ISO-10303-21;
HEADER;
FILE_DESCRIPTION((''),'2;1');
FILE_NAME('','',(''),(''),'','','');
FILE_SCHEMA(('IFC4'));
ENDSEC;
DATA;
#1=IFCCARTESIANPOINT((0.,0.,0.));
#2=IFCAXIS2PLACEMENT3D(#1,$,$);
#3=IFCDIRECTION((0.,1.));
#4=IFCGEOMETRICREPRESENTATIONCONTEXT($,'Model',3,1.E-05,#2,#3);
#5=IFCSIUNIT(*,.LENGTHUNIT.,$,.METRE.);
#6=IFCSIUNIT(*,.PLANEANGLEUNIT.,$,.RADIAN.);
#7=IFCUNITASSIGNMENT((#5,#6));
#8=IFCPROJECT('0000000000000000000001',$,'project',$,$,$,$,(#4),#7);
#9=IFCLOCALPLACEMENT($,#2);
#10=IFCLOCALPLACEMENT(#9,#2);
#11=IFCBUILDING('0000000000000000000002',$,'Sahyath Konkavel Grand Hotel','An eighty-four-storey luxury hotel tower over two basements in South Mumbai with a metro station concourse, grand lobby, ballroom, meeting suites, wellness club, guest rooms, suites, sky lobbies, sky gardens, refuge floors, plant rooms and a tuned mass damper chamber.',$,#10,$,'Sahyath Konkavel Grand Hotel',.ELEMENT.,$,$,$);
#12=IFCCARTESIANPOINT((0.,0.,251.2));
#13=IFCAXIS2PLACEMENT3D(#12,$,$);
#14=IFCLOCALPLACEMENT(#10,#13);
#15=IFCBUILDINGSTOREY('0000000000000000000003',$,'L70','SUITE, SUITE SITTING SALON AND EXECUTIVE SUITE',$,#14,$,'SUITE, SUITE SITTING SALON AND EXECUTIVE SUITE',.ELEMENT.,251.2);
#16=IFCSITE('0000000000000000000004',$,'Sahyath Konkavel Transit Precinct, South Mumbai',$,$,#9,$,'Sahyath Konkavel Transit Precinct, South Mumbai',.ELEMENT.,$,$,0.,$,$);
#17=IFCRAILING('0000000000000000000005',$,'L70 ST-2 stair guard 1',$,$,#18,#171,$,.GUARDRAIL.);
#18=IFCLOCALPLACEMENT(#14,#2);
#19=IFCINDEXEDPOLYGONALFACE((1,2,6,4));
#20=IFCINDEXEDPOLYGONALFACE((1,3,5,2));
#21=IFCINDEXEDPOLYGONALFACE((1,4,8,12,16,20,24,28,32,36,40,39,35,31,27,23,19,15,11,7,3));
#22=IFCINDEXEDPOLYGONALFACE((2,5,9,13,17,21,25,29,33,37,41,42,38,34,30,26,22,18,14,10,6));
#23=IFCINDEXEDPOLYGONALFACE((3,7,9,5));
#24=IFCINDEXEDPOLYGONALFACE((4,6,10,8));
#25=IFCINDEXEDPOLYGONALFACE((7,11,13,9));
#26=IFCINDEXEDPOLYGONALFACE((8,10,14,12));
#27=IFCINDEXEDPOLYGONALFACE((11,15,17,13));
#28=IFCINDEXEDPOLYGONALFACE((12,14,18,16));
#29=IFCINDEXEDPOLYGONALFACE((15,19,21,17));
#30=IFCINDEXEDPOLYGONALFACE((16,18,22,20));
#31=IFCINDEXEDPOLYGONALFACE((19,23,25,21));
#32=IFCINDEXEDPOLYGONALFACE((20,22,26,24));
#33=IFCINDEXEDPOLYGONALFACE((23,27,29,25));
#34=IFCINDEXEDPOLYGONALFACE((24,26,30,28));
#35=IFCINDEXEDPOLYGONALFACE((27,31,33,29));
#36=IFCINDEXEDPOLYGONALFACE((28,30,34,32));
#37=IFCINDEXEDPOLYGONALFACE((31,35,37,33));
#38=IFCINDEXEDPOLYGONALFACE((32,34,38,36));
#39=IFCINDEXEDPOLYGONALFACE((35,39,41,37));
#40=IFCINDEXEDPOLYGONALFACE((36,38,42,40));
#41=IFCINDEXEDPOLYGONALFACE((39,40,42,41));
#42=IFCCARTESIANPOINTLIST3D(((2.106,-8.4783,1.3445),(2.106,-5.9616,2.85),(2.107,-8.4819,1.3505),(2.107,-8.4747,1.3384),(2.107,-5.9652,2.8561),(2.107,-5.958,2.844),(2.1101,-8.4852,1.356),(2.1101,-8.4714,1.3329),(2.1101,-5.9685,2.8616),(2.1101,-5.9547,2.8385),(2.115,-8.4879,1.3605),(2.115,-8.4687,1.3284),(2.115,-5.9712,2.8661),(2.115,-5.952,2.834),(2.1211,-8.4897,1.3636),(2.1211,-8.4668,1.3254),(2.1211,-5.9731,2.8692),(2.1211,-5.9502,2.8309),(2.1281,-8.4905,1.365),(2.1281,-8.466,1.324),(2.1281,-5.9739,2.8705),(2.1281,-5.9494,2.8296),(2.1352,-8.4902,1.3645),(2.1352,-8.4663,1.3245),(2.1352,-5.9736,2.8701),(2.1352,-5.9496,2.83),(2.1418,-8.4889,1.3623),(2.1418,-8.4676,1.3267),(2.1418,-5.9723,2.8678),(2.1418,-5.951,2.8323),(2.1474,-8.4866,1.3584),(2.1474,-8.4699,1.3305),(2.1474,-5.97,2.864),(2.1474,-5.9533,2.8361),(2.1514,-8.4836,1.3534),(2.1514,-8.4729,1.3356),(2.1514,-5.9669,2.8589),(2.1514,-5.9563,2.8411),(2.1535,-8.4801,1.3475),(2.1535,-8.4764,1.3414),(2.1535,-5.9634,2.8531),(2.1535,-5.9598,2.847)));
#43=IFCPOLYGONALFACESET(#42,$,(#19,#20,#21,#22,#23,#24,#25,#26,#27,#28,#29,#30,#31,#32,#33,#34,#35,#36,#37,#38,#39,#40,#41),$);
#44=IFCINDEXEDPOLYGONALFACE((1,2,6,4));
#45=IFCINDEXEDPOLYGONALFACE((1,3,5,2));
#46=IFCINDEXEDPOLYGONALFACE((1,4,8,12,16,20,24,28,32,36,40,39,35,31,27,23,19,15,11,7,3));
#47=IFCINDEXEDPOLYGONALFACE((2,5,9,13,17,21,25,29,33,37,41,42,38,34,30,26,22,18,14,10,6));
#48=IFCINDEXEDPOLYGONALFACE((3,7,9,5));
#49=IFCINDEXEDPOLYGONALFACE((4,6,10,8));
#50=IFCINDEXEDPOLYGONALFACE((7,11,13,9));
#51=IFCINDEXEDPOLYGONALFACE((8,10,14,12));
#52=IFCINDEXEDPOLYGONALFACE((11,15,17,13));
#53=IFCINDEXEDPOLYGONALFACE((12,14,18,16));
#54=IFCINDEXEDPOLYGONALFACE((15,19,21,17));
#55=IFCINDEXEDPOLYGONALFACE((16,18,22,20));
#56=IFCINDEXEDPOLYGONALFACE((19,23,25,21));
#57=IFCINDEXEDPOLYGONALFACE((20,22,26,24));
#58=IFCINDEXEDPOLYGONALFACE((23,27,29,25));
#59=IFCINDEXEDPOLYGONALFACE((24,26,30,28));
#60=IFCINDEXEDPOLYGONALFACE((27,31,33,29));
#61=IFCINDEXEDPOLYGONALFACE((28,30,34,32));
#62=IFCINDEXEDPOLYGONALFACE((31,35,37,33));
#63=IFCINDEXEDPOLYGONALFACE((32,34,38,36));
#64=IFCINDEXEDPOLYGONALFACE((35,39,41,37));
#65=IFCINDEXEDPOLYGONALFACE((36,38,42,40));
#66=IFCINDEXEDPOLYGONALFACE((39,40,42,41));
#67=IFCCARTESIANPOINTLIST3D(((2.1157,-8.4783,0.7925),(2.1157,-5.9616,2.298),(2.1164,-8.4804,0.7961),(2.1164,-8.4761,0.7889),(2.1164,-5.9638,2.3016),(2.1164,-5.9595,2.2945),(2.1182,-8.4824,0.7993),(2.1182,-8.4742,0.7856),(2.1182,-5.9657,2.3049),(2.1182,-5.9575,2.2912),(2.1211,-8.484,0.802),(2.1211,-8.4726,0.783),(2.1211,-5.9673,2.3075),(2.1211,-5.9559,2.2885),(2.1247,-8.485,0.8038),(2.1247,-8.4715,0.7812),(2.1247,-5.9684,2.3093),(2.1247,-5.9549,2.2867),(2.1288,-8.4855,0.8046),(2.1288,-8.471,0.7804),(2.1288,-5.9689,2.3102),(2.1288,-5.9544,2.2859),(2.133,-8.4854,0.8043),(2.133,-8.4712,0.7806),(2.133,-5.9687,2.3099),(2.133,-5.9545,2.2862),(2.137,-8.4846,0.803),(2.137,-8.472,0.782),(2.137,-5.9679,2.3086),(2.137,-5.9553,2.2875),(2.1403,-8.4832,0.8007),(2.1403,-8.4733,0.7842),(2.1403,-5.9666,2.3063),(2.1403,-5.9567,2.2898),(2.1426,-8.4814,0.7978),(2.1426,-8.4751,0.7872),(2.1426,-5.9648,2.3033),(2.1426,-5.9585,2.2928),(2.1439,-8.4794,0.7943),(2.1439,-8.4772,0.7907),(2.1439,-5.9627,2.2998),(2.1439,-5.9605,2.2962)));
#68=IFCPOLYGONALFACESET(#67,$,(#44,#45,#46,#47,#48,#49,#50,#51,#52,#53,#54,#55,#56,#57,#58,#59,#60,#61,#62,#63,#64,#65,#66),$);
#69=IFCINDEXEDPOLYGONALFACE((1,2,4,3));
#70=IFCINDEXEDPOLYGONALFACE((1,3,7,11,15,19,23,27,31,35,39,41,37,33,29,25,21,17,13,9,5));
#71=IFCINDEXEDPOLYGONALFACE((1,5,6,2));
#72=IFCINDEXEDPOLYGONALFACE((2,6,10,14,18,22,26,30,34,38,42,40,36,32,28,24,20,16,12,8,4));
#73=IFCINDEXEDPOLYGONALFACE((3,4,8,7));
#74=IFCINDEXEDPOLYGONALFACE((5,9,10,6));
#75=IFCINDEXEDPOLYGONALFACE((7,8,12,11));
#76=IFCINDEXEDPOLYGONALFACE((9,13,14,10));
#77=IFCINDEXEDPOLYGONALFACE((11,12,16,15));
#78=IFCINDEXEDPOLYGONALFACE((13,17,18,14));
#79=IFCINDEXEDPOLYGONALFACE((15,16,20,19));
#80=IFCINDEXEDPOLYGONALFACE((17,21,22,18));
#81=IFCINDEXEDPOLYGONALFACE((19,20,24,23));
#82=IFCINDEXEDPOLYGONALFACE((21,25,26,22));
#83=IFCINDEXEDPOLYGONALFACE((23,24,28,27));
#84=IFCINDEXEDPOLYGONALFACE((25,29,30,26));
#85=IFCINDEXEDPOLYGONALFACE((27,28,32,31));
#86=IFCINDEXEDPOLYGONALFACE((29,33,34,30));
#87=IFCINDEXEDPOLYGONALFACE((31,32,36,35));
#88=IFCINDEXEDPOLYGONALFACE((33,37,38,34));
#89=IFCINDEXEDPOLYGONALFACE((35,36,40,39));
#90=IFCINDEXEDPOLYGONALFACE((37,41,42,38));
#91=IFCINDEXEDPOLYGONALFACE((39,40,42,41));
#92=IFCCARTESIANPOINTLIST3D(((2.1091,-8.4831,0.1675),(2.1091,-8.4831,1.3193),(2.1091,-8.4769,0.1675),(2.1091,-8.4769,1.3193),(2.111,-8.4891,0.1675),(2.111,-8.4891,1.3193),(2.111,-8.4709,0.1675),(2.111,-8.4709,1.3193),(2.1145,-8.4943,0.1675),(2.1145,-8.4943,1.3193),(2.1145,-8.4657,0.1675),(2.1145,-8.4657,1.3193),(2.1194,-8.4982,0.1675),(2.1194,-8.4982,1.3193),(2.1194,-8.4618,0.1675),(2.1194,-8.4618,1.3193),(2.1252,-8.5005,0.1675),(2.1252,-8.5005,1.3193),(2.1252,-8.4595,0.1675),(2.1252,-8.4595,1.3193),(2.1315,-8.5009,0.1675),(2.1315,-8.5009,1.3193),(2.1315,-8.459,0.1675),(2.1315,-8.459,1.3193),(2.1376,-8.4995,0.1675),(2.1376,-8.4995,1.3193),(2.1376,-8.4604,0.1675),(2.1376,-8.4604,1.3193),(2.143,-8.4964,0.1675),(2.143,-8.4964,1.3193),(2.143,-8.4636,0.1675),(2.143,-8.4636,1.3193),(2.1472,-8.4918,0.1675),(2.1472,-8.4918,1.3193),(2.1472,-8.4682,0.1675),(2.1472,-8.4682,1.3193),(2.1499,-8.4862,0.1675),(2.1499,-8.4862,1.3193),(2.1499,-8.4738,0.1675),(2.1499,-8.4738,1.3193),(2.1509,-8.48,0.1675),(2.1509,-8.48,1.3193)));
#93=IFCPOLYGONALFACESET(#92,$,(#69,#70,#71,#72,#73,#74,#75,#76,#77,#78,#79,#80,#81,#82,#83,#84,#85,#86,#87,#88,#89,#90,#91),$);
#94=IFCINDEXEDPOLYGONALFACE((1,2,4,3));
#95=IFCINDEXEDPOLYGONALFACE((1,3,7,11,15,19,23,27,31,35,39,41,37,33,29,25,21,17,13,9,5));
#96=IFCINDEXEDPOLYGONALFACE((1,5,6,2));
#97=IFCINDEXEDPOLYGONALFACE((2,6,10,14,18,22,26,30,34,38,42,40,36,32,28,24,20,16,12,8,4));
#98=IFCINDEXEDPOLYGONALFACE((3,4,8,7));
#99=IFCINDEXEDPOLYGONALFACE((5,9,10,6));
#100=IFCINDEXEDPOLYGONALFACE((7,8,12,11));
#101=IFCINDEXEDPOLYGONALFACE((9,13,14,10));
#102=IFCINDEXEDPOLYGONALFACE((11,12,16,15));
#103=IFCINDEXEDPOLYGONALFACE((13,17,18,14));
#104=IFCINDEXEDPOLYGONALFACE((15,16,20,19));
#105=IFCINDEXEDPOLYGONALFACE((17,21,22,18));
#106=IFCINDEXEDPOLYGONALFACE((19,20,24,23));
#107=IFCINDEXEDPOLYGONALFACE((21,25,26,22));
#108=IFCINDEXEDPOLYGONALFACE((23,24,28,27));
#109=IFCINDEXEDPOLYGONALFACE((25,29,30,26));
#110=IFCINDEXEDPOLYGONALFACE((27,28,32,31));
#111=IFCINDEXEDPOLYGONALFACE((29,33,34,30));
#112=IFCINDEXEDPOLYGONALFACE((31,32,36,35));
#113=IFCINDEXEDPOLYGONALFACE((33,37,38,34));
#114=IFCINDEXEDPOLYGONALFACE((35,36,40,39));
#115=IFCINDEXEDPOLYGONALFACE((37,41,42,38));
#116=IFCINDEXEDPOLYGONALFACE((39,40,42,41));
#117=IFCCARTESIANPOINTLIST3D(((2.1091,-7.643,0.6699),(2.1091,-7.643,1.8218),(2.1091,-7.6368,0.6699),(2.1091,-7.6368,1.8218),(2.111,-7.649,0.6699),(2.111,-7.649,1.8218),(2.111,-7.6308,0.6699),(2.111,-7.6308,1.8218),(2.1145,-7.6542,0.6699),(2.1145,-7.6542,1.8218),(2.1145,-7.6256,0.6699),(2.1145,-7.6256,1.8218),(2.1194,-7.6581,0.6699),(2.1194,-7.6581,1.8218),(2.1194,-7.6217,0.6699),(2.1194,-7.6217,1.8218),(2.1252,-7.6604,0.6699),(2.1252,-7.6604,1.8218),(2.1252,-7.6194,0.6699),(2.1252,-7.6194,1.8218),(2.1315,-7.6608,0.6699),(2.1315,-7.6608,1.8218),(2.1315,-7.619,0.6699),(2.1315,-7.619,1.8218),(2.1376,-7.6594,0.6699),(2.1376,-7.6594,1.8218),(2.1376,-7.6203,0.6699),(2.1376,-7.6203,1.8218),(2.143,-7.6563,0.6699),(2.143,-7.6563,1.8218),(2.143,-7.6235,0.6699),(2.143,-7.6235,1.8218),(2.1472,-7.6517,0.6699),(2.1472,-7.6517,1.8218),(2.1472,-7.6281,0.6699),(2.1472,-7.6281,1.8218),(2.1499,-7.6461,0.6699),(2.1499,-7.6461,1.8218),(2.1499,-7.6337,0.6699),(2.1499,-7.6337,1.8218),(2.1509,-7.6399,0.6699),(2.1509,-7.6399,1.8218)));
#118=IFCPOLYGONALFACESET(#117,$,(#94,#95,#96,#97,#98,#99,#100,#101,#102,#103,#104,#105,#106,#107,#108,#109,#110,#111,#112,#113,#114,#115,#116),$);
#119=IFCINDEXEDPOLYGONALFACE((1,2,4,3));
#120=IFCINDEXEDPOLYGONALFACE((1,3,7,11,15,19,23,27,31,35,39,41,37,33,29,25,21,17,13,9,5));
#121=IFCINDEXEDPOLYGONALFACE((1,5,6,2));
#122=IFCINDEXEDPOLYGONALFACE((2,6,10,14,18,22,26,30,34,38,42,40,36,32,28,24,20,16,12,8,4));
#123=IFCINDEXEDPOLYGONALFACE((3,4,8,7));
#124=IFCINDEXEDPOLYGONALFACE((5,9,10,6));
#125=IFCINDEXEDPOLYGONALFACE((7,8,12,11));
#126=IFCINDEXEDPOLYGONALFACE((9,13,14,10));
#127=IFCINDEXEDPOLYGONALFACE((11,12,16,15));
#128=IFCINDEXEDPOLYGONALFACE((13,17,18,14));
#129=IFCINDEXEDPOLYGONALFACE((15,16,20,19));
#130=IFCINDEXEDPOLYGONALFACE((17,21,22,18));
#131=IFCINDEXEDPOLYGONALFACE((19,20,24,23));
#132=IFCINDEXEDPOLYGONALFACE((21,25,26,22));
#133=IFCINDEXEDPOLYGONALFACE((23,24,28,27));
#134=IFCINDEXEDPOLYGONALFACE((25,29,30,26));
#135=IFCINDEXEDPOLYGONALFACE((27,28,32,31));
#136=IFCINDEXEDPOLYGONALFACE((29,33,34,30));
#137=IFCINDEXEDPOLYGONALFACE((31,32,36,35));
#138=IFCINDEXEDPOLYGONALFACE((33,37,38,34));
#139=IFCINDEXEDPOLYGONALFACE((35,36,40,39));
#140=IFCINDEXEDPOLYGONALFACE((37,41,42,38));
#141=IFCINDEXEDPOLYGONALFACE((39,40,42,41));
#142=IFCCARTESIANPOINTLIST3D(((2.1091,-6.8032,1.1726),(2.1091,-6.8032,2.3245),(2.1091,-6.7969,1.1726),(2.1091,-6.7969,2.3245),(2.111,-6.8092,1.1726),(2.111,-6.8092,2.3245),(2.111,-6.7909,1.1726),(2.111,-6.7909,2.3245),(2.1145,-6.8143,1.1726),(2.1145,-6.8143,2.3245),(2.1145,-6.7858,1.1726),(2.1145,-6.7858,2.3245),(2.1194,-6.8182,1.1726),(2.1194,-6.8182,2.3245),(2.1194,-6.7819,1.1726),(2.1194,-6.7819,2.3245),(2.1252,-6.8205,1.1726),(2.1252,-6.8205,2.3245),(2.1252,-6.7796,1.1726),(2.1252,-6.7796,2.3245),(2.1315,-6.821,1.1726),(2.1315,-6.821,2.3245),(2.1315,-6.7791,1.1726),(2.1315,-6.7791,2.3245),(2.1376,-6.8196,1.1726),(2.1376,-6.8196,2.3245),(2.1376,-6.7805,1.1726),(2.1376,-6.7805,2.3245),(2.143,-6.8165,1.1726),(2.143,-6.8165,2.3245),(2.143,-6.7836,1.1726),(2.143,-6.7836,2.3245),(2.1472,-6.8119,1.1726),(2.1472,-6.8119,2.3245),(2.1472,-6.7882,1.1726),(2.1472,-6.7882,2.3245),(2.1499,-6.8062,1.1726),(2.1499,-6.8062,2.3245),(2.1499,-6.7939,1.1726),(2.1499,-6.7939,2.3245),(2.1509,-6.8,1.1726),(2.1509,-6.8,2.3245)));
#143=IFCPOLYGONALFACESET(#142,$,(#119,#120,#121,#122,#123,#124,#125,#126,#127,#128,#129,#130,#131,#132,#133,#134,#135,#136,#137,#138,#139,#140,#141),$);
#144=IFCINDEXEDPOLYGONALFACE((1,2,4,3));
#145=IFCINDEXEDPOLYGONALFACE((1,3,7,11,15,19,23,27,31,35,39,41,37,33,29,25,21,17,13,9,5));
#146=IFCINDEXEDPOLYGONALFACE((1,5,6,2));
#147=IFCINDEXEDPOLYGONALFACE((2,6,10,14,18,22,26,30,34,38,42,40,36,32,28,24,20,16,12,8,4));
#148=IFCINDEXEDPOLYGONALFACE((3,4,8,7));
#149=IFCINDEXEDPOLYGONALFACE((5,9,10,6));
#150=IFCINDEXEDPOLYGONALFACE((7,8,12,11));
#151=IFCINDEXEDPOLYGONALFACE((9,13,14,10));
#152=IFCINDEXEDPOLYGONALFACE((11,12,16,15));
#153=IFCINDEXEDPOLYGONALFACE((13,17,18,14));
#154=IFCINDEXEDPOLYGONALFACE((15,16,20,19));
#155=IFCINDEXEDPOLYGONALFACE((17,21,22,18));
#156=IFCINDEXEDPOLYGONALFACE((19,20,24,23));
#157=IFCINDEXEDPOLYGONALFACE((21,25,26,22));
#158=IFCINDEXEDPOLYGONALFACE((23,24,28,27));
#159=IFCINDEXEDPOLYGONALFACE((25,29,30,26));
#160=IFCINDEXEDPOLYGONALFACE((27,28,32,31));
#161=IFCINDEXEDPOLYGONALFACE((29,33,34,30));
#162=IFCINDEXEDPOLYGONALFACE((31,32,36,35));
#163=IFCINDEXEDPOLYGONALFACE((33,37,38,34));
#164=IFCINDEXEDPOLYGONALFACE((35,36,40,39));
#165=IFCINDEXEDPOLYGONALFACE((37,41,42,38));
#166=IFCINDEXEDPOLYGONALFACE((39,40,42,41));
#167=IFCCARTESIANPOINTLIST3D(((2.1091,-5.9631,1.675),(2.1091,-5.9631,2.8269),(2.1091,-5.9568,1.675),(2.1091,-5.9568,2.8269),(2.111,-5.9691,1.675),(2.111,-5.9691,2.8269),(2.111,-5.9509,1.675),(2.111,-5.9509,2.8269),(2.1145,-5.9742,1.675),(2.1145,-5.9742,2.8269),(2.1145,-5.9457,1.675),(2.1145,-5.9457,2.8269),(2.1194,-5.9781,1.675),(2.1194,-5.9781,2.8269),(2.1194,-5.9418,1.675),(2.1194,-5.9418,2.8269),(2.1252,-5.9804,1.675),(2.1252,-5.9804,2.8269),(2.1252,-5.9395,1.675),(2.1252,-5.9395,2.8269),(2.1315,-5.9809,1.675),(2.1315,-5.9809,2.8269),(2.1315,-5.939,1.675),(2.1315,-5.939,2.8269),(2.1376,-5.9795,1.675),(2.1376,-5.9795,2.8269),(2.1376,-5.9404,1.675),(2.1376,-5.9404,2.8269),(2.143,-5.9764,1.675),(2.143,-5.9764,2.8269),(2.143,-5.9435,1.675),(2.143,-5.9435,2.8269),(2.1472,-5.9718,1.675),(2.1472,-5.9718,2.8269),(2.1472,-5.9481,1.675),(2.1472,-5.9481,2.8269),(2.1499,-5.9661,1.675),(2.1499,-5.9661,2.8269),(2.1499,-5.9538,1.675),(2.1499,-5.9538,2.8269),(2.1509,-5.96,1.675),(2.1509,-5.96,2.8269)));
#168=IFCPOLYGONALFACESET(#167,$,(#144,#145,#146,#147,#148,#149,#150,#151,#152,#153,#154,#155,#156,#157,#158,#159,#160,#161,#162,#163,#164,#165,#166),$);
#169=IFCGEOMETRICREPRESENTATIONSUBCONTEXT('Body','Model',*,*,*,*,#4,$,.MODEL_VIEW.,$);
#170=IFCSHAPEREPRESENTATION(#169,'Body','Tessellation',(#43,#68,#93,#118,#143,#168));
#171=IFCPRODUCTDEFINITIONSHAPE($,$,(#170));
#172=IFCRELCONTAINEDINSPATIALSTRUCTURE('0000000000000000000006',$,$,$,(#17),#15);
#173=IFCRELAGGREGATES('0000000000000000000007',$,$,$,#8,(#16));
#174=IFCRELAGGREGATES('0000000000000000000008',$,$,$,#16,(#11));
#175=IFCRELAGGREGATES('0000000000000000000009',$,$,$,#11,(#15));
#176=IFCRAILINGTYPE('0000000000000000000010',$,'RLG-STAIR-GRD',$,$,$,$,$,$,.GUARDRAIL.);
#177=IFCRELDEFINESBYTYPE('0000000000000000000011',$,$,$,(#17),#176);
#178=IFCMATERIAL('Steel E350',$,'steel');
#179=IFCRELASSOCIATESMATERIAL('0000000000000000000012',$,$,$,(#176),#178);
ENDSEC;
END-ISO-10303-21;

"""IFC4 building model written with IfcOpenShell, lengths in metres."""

from ifc_helpers import new_model, si_unit, direction, frame, origin, origin_2d, place, context, subcontext, project, spatial, circle, extrude, material, type_object, element, save


model = new_model("IFC4")

# Units and contexts
model_context = context("Model", 3, precision=1e-05, world=origin(), true_north=direction((0.0, 1.0)))
body_context = subcontext(model_context, "Body", "Model", "MODEL_VIEW")
ifc_project = project(units=[si_unit("LENGTHUNIT", "METRE"), si_unit("PLANEANGLEUNIT", "RADIAN")], contexts=[model_context])

# Site, building, storey
site_placement = place(None, origin())
site = spatial("IfcSite", under=ifc_project, at=site_placement, Name="Sahyath Konkavel Transit Precinct, South Mumbai", LongName="Sahyath Konkavel Transit Precinct, South Mumbai", CompositionType="ELEMENT", RefElevation=0.0)
building_placement = place(site_placement, origin())
building = spatial("IfcBuilding", under=site, at=building_placement, Name="Sahyath Konkavel Grand Hotel", Description="An eighty-four-storey luxury hotel tower over two basements in South Mumbai with a metro station concourse, grand lobby, ballroom, meeting suites, wellness club, guest rooms, suites, sky lobbies, sky gardens, refuge floors, plant rooms and a tuned mass damper chamber.", LongName="Sahyath Konkavel Grand Hotel", CompositionType="ELEMENT")
storey_placement = place(building_placement, frame((0.0, 0.0, 251.2)))
storey = spatial("IfcBuildingStorey", under=building, at=storey_placement, Name="L70", Description="SUITE, SUITE SITTING SALON AND EXECUTIVE SUITE", LongName="SUITE, SUITE SITTING SALON AND EXECUTIVE SUITE", CompositionType="ELEMENT", Elevation=251.2)

# Shared definitions
ifc_material_1 = material(Name="Steel E350", Category="steel")

# Railing
railing_type_1 = type_object("IfcRailingType", Name="RLG-STAIR-GRD", PredefinedType="GUARDRAIL", material=ifc_material_1)
railing_1_placement = place(storey_placement, frame((2.1299, -8.48, 0.1675)))
element("IfcRailing", 1, at=railing_1_placement, inside=storey, type_object=railing_type_1, Name="L70 ST-2 stair guard 1", PredefinedType="GUARDRAIL", context=body_context, shape_type="SweptSolid", body=[
    extrude(circle(Radius=0.0239, at=origin_2d()), frame((0.0, 0.0017, 1.177), z_axis=(0.0, 0.85816, 0.513383), x_axis=(-1.0, 0.0, 0.0)), (0.0, 0.0, 1.0), 2.9326),
    extrude(circle(Radius=0.0142, at=origin_2d()), frame((0.0, 0.0017, 0.625), z_axis=(0.0, 0.85816, 0.513383), x_axis=(-1.0, 0.0, 0.0)), (0.0, 0.0, 1.0), 2.9326),
    extrude(circle(Radius=0.021, at=origin_2d()), origin(), (0.0, 0.0, 1.0), 1.1519),
    extrude(circle(Radius=0.021, at=origin_2d()), frame((0.0, 0.8401, 0.5024)), (0.0, 0.0, 1.0), 1.1519),
    extrude(circle(Radius=0.021, at=origin_2d()), frame((0.0, 1.6799, 1.0051)), (0.0, 0.0, 1.0), 1.1519),
    extrude(circle(Radius=0.021, at=origin_2d()), frame((0.0, 2.52, 1.5076)), (0.0, 0.0, 1.0), 1.1519),
])

save(model, "model.ifc")
